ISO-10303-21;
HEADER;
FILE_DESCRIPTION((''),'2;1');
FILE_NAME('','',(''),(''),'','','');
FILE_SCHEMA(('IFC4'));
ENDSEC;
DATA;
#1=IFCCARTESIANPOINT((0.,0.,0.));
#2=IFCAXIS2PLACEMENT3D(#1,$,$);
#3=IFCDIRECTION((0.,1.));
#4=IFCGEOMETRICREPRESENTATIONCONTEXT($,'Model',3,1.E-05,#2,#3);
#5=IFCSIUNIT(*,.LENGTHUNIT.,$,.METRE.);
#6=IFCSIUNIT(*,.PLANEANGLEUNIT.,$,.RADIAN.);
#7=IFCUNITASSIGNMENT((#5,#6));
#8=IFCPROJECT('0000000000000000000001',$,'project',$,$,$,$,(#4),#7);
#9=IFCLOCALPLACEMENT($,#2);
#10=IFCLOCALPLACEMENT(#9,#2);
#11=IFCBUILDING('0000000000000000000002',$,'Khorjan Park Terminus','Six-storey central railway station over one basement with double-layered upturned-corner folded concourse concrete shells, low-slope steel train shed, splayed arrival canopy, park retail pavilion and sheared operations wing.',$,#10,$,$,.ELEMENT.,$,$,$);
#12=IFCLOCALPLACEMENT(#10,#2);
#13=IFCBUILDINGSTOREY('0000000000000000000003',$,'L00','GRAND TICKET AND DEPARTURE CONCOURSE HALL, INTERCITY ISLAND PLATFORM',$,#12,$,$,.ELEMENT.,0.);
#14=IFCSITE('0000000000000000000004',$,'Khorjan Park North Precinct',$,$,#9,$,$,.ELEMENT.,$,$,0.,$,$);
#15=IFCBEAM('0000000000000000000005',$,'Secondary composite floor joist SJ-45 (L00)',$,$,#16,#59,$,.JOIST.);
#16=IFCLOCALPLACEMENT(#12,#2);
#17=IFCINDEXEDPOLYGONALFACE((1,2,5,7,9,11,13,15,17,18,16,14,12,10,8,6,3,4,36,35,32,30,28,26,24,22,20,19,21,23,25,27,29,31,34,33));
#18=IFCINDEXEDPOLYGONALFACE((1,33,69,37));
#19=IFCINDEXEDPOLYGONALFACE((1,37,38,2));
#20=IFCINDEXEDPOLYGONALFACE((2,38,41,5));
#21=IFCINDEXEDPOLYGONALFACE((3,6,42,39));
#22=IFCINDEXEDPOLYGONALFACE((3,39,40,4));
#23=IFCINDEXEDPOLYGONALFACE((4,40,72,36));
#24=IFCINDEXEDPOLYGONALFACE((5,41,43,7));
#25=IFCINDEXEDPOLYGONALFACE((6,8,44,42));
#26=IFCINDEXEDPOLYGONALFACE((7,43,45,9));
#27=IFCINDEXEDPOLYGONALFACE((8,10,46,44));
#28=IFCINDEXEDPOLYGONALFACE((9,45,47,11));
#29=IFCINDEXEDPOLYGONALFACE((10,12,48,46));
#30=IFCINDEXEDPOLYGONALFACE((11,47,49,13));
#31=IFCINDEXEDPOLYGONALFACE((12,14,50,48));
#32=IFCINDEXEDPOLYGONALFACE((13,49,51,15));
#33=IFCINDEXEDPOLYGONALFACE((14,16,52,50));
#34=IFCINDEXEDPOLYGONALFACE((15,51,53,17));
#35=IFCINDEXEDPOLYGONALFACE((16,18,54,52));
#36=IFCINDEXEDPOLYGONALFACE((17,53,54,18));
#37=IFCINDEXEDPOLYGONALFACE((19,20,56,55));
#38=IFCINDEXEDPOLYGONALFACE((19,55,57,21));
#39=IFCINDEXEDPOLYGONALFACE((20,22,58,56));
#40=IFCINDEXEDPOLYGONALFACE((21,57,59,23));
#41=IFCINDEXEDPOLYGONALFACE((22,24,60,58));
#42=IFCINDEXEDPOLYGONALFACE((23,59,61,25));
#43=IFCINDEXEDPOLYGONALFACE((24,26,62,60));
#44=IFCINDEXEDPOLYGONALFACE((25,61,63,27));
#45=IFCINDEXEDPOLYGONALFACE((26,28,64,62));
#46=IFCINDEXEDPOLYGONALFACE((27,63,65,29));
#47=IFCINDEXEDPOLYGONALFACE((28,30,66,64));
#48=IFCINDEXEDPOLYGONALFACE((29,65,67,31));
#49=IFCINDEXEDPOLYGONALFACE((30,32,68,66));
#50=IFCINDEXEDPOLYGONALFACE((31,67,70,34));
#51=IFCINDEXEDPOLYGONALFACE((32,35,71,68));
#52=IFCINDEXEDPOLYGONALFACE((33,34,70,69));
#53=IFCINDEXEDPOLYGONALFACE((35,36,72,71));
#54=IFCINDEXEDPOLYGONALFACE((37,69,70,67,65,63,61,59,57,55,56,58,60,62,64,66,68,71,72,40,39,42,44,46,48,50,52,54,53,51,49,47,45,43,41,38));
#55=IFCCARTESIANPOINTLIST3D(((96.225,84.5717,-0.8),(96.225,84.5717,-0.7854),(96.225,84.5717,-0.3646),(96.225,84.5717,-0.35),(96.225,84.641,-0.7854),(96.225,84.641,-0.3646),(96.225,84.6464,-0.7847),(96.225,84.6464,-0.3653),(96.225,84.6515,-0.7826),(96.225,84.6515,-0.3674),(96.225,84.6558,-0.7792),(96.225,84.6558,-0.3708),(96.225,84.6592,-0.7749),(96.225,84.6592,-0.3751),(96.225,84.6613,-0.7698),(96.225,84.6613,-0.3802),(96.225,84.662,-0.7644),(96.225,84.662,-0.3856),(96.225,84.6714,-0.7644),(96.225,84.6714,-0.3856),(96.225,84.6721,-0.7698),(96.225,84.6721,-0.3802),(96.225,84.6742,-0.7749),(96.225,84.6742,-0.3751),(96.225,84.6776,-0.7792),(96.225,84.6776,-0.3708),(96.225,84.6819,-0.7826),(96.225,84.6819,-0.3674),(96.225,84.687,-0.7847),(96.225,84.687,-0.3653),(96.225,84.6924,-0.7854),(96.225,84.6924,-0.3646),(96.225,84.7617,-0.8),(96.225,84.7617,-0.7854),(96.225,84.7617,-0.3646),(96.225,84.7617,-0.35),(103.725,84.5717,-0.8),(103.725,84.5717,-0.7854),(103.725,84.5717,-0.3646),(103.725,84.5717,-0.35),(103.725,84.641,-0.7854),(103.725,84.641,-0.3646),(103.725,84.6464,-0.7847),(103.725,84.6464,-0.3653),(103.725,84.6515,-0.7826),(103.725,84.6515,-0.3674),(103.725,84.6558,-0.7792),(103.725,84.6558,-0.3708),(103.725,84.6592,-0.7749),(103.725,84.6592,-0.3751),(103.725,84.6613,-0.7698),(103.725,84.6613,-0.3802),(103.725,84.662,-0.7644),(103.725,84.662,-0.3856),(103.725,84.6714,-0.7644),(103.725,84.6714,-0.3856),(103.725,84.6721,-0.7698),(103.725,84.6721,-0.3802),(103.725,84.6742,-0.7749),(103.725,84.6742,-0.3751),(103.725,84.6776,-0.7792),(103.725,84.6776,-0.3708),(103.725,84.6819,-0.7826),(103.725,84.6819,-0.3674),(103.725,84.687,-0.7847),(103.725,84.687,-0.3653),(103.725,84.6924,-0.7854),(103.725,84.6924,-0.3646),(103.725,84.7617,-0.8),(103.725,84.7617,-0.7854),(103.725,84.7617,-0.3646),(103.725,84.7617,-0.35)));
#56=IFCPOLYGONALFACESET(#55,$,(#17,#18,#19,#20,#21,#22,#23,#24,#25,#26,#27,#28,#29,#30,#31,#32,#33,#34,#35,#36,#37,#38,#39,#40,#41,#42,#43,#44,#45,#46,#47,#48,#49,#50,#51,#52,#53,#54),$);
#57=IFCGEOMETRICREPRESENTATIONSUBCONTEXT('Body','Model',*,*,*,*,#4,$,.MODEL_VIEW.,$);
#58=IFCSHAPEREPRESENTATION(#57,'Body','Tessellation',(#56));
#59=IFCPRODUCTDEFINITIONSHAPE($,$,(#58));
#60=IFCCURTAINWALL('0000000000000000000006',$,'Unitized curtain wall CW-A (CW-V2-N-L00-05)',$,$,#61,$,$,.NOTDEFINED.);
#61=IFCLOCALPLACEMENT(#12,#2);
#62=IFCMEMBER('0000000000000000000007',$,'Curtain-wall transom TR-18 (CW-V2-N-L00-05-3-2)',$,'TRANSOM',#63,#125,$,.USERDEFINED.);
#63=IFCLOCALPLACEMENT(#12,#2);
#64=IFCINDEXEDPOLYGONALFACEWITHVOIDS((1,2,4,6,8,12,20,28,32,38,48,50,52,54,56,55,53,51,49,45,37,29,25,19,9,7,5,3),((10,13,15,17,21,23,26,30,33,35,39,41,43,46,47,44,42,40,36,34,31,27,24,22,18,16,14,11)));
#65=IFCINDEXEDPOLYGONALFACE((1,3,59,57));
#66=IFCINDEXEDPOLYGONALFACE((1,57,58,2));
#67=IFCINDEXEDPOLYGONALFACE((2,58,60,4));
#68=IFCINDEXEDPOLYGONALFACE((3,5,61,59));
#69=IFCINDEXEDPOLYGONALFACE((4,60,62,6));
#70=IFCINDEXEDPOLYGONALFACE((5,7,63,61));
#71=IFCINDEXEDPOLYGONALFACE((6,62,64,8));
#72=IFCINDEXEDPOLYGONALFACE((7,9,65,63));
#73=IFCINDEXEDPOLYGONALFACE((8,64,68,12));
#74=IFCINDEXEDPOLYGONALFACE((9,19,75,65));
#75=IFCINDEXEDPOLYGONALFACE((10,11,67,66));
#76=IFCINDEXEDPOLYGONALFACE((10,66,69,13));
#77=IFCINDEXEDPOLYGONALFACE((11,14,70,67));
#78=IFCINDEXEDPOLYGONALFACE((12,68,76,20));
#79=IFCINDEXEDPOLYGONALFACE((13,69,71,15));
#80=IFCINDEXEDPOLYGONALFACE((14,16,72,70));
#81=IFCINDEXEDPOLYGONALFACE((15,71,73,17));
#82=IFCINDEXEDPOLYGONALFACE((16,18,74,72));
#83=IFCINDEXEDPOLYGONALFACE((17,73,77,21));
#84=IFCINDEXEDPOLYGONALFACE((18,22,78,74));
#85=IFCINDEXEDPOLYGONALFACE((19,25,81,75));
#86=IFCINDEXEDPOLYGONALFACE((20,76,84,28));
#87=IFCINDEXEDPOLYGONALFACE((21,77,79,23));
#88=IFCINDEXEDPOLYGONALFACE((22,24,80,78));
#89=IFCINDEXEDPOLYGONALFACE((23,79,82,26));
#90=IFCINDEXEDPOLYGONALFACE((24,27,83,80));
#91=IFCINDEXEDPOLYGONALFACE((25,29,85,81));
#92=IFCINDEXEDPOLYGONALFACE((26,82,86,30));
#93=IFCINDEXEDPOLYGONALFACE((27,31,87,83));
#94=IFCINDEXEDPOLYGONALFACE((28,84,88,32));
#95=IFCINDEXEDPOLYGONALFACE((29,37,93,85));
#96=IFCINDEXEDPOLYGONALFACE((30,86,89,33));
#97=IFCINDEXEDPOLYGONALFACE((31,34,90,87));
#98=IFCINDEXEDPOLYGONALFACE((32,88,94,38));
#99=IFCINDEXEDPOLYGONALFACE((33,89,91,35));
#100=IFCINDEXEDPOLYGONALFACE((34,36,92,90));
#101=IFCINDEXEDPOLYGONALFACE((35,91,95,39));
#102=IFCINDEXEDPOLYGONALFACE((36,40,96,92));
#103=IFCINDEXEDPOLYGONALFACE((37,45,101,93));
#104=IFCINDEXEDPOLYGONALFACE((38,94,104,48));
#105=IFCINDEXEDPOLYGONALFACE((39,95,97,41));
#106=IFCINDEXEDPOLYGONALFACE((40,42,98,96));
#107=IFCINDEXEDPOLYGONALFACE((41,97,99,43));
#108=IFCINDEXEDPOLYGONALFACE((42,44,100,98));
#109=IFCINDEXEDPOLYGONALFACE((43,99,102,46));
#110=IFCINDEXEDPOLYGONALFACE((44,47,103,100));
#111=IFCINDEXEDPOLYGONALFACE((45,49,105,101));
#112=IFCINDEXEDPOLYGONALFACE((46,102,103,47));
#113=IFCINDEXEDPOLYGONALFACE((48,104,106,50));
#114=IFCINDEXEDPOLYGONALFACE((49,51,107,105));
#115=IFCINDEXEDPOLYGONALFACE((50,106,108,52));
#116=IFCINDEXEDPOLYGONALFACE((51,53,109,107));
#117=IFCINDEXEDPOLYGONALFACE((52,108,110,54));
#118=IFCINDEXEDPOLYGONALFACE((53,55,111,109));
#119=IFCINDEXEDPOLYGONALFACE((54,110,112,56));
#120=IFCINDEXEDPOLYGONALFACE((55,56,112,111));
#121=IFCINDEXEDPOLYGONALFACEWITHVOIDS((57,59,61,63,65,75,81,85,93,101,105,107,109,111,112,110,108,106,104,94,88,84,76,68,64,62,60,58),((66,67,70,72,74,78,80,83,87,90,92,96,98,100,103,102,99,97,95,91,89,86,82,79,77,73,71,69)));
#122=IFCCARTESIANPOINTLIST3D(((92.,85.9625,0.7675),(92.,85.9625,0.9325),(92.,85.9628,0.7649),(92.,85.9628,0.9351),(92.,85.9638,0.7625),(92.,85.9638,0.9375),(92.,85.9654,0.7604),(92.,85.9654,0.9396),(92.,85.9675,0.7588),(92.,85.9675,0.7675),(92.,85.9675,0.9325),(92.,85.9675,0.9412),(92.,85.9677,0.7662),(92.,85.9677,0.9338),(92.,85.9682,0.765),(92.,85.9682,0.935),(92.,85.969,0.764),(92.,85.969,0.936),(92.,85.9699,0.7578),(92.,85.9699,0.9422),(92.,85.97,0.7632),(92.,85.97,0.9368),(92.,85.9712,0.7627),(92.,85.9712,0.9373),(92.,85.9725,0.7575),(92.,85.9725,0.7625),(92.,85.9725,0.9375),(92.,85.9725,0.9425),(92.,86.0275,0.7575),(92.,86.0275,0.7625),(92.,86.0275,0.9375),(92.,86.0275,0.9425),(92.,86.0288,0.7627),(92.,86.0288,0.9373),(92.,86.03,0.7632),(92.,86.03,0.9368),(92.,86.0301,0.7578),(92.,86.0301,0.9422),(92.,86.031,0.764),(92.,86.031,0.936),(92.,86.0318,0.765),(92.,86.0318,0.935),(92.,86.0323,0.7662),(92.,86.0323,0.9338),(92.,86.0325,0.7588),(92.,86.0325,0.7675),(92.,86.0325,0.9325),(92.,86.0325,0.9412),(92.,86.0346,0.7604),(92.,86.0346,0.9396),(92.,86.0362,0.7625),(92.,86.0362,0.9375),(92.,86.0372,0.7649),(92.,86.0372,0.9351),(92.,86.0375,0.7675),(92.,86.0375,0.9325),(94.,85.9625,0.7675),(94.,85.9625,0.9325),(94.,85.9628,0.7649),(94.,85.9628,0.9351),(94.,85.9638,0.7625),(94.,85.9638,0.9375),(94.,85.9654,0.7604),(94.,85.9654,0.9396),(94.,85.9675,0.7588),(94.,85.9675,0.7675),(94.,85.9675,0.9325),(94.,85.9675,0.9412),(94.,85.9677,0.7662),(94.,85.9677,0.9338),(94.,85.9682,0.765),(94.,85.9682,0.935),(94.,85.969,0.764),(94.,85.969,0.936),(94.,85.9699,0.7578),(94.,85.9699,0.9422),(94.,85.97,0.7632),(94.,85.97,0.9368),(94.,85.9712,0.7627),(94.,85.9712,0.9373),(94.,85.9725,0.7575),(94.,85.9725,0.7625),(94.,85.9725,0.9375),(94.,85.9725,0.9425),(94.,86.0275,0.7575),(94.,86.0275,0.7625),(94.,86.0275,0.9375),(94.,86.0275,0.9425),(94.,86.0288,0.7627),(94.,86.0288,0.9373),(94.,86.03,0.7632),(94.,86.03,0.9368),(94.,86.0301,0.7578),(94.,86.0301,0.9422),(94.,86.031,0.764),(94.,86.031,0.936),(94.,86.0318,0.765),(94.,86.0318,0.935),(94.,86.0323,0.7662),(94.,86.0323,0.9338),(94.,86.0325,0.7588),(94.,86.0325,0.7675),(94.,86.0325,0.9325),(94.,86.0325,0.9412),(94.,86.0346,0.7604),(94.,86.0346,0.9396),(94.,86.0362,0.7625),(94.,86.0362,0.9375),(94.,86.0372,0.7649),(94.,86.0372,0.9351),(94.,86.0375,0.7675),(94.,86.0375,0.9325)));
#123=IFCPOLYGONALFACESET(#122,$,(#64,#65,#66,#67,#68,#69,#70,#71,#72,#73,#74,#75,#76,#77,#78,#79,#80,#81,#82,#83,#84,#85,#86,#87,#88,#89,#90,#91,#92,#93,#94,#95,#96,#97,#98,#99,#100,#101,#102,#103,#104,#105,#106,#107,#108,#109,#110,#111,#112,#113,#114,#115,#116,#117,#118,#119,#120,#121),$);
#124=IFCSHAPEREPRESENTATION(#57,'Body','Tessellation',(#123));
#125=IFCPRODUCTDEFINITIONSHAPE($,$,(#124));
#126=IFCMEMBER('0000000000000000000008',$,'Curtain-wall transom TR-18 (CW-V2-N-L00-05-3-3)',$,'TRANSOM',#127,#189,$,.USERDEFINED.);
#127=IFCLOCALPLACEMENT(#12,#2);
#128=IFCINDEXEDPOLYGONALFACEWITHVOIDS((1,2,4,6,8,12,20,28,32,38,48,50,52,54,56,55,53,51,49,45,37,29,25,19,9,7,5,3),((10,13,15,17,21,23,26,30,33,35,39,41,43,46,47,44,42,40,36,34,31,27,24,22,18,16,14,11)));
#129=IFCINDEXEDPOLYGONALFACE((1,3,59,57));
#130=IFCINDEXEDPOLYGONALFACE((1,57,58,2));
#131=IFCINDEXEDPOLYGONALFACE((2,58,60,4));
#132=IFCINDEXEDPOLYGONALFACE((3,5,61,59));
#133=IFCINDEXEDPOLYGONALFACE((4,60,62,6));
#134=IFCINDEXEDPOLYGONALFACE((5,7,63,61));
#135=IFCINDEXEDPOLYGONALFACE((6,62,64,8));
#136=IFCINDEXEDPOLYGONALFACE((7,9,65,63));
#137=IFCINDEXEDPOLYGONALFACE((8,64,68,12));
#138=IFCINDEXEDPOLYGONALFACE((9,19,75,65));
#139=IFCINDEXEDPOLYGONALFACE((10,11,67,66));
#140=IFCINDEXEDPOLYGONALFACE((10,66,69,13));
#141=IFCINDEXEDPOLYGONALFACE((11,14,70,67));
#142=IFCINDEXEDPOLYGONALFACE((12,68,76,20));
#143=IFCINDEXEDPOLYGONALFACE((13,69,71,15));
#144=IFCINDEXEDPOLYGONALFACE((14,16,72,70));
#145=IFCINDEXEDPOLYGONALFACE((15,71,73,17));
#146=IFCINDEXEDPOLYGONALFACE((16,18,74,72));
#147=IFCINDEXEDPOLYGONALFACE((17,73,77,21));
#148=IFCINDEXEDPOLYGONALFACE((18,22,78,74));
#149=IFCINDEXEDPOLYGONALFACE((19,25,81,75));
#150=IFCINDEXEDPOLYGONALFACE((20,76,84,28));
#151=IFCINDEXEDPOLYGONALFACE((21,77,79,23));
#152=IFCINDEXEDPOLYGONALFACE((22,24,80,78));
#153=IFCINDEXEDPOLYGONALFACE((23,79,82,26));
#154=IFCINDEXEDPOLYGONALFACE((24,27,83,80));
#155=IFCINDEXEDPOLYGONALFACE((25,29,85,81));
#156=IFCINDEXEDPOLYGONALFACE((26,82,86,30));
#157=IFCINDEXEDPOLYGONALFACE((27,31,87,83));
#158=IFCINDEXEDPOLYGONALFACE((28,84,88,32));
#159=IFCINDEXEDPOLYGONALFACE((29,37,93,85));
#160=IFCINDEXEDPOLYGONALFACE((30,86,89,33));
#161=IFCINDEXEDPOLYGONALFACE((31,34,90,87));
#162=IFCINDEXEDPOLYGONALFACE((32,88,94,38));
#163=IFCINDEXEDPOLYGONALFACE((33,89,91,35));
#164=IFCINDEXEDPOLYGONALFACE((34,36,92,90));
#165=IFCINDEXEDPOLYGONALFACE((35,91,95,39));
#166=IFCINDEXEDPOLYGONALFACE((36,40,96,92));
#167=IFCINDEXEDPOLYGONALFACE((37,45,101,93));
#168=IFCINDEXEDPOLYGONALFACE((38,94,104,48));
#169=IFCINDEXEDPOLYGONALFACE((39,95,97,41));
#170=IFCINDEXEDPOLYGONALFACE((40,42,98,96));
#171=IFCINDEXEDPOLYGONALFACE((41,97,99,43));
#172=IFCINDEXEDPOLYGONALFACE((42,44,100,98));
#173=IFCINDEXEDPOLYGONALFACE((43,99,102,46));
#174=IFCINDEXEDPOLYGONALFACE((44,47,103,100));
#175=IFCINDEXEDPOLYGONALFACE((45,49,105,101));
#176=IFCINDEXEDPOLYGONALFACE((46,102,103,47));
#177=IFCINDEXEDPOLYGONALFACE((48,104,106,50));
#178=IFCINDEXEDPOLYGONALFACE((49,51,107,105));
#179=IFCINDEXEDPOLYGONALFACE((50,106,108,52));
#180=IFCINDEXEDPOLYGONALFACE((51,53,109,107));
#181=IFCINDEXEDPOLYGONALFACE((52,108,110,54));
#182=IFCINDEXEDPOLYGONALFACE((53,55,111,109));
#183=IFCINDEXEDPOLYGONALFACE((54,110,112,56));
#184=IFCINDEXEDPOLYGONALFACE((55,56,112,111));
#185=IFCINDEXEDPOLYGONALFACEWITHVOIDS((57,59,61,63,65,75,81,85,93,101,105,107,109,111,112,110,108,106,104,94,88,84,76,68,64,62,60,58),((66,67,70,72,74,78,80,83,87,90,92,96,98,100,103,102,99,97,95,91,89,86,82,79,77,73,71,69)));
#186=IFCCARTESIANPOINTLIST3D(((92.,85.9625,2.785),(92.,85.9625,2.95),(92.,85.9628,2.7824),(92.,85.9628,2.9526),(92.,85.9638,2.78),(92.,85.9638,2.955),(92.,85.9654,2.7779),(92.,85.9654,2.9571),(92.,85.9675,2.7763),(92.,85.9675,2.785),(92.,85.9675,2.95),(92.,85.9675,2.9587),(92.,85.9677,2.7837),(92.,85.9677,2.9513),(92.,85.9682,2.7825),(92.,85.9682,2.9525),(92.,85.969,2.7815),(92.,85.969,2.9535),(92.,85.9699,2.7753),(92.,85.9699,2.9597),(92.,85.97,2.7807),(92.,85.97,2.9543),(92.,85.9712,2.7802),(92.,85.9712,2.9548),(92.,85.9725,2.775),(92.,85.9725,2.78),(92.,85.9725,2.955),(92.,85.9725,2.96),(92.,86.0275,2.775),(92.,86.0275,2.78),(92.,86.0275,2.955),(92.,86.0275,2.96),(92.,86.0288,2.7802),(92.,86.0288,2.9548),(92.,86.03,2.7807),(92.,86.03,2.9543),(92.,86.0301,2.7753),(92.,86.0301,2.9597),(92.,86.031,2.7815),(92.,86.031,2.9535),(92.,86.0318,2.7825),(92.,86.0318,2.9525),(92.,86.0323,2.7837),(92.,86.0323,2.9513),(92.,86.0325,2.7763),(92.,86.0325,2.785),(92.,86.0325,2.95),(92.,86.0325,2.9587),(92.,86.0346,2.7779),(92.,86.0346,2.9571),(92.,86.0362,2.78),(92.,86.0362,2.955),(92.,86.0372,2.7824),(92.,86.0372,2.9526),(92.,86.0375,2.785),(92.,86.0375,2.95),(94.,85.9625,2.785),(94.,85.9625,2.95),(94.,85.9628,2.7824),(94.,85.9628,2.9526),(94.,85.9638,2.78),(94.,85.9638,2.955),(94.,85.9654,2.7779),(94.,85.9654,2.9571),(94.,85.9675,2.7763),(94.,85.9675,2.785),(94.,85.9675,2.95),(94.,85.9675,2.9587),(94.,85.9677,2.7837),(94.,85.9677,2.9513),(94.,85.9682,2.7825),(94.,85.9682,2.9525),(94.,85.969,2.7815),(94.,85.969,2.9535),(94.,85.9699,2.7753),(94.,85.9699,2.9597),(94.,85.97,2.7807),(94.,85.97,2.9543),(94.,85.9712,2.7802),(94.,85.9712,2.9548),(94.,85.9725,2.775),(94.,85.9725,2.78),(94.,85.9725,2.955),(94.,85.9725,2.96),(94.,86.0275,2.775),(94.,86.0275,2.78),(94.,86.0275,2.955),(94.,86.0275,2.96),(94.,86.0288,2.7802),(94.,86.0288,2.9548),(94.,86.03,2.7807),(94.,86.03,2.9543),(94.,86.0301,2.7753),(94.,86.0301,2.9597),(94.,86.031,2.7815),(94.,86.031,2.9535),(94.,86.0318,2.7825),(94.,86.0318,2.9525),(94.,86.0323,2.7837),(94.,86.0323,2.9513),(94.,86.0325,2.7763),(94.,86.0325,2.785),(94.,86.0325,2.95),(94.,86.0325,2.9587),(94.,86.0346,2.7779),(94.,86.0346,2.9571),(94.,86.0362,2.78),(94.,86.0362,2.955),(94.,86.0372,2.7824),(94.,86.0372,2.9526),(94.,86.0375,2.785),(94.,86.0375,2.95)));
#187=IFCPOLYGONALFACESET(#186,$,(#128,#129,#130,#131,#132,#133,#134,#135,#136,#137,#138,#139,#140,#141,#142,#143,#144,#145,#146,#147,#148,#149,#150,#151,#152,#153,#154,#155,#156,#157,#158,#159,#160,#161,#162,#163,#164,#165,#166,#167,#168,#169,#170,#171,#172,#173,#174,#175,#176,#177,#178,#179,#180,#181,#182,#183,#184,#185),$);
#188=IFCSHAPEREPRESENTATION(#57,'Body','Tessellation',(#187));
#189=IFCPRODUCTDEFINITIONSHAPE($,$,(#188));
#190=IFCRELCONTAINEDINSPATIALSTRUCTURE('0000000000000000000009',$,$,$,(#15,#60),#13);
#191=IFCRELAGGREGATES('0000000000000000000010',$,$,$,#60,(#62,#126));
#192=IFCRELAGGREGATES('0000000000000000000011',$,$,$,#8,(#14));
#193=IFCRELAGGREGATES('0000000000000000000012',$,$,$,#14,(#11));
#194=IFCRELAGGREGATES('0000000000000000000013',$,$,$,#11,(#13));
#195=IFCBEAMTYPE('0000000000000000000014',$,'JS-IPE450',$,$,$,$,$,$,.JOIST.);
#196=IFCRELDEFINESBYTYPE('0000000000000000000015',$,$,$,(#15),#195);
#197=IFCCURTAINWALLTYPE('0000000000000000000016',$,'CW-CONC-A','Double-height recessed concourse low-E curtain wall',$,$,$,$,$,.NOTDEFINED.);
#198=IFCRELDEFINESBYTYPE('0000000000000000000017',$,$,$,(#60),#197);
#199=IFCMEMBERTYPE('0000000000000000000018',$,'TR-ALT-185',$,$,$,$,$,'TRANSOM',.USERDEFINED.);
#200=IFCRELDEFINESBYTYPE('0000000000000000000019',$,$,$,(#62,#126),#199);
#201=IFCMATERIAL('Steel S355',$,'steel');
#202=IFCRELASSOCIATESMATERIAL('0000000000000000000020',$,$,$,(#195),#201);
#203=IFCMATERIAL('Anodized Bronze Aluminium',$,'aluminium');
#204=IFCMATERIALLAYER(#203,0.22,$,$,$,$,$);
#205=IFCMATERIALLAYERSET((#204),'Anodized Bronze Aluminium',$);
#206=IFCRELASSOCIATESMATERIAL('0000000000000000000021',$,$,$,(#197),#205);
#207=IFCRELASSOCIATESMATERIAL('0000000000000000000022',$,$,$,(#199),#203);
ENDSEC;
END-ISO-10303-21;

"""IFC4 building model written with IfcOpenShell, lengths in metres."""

from ifc_helpers import new_model, si_unit, direction, frame, origin, origin_2d, place, context, subcontext, project, spatial, hollow_rectangle, i_section, extrude, material, layer, layer_set, material_profile, profile_set, type_object, element, aggregate, save


model = new_model("IFC4")

# Units and contexts
model_context = context("Model", 3, precision=1e-05, world=origin(), true_north=direction((0.0, 1.0)))
body_context = subcontext(model_context, "Body", "Model", "MODEL_VIEW")
ifc_project = project(units=[si_unit("LENGTHUNIT", "METRE"), si_unit("PLANEANGLEUNIT", "RADIAN")], contexts=[model_context])

# Site, building, storey
site_placement = place(None, origin())
site = spatial("IfcSite", under=ifc_project, at=site_placement, Name="Khorjan Park North Precinct", CompositionType="ELEMENT", RefElevation=0.0)
building_placement = place(site_placement, origin())
building = spatial("IfcBuilding", under=site, at=building_placement, Name="Khorjan Park Terminus", Description="Six-storey central railway station over one basement with double-layered upturned-corner folded concourse concrete shells, low-slope steel train shed, splayed arrival canopy, park retail pavilion and sheared operations wing.", CompositionType="ELEMENT")
storey_placement = place(building_placement, origin())
storey = spatial("IfcBuildingStorey", under=building, at=storey_placement, Name="L00", Description="GRAND TICKET AND DEPARTURE CONCOURSE HALL, INTERCITY ISLAND PLATFORM", CompositionType="ELEMENT", Elevation=0.0)

# Beam
ifc_material_1 = material(Name="Steel S355", Category="steel")
ifc_material_profile_1 = material_profile(ifc_material_1, i_section(OverallWidth=0.19, OverallDepth=0.45, WebThickness=0.0094, FlangeThickness=0.0146, FilletRadius=0.021, at=origin_2d()), Name="IPE 450")
ifc_profile_set_1 = profile_set([ifc_material_profile_1], Name="Steel S355")
beam_type_1 = type_object("IfcBeamType", Name="JS-IPE450", PredefinedType="JOIST", material=ifc_profile_set_1)
beam_1_placement = place(storey_placement, frame((96.225, 84.6667, -0.575), z_axis=(1.0, 0.0, 0.0), x_axis=(0.0, 1.0, 0.0)))
element("IfcBeam", 1, at=beam_1_placement, inside=storey, type_object=beam_type_1, Name="Secondary composite floor joist SJ-45 (L00)", PredefinedType="JOIST", context=body_context, shape_type="SweptSolid", body=[
    extrude(i_section(OverallWidth=0.19, OverallDepth=0.45, WebThickness=0.0094, FlangeThickness=0.0146, FilletRadius=0.021, at=origin_2d()), origin(), (0.0, 0.0, 1.0), 7.5),
])

# Curtain wall, members
ifc_material_2 = material(Name="Anodized Bronze Aluminium", Category="aluminium")
ifc_layer_1 = layer(ifc_material_2, 0.22)
ifc_layer_set_1 = layer_set([ifc_layer_1], Name="Anodized Bronze Aluminium")
curtain_wall_type = type_object("IfcCurtainWallType", Name="CW-CONC-A", Description="Double-height recessed concourse low-E curtain wall", PredefinedType="NOTDEFINED", material=ifc_layer_set_1)
curtain_wall_placement = place(storey_placement, origin())
curtain_wall = element("IfcCurtainWall", 2, at=curtain_wall_placement, inside=storey, type_object=curtain_wall_type, Name="Unitized curtain wall CW-A (CW-V2-N-L00-05)", PredefinedType="NOTDEFINED")
ifc_material_profile_2 = material_profile(ifc_material_2, hollow_rectangle(XDim=0.075, YDim=0.185, WallThickness=0.005, InnerFilletRadius=0.005, OuterFilletRadius=0.01, at=origin_2d()), Name="ALT 75x185x5")
ifc_profile_set_2 = profile_set([ifc_material_profile_2], Name="Anodized Bronze Aluminium")
member_type = type_object("IfcMemberType", Name="TR-ALT-185", ElementType="TRANSOM", PredefinedType="USERDEFINED", material=ifc_profile_set_2)
member_1_placement = place(storey_placement, frame((94.0, 86.0, 0.85), z_axis=(-1.0, 0.0, 0.0), x_axis=(0.0, -1.0, 0.0)))
member_1 = element("IfcMember", 3, at=member_1_placement, type_object=member_type, Name="Curtain-wall transom TR-18 (CW-V2-N-L00-05-3-2)", ObjectType="TRANSOM", PredefinedType="USERDEFINED", context=body_context, shape_type="SweptSolid", body=[
    extrude(hollow_rectangle(XDim=0.075, YDim=0.185, WallThickness=0.005, InnerFilletRadius=0.005, OuterFilletRadius=0.01, at=origin_2d()), origin(), (0.0, 0.0, 1.0), 2.0),
])
member_2_placement = place(storey_placement, frame((94.0, 86.0, 2.8675), z_axis=(-1.0, 0.0, 0.0), x_axis=(0.0, -1.0, 0.0)))
member_2 = element("IfcMember", 4, at=member_2_placement, type_object=member_type, Name="Curtain-wall transom TR-18 (CW-V2-N-L00-05-3-3)", ObjectType="TRANSOM", PredefinedType="USERDEFINED", context=body_context, shape_type="SweptSolid", body=[
    extrude(hollow_rectangle(XDim=0.075, YDim=0.185, WallThickness=0.005, InnerFilletRadius=0.005, OuterFilletRadius=0.01, at=origin_2d()), origin(), (0.0, 0.0, 1.0), 2.0),
])
aggregate(curtain_wall, [member_1, member_2])

save(model, "model.ifc")
